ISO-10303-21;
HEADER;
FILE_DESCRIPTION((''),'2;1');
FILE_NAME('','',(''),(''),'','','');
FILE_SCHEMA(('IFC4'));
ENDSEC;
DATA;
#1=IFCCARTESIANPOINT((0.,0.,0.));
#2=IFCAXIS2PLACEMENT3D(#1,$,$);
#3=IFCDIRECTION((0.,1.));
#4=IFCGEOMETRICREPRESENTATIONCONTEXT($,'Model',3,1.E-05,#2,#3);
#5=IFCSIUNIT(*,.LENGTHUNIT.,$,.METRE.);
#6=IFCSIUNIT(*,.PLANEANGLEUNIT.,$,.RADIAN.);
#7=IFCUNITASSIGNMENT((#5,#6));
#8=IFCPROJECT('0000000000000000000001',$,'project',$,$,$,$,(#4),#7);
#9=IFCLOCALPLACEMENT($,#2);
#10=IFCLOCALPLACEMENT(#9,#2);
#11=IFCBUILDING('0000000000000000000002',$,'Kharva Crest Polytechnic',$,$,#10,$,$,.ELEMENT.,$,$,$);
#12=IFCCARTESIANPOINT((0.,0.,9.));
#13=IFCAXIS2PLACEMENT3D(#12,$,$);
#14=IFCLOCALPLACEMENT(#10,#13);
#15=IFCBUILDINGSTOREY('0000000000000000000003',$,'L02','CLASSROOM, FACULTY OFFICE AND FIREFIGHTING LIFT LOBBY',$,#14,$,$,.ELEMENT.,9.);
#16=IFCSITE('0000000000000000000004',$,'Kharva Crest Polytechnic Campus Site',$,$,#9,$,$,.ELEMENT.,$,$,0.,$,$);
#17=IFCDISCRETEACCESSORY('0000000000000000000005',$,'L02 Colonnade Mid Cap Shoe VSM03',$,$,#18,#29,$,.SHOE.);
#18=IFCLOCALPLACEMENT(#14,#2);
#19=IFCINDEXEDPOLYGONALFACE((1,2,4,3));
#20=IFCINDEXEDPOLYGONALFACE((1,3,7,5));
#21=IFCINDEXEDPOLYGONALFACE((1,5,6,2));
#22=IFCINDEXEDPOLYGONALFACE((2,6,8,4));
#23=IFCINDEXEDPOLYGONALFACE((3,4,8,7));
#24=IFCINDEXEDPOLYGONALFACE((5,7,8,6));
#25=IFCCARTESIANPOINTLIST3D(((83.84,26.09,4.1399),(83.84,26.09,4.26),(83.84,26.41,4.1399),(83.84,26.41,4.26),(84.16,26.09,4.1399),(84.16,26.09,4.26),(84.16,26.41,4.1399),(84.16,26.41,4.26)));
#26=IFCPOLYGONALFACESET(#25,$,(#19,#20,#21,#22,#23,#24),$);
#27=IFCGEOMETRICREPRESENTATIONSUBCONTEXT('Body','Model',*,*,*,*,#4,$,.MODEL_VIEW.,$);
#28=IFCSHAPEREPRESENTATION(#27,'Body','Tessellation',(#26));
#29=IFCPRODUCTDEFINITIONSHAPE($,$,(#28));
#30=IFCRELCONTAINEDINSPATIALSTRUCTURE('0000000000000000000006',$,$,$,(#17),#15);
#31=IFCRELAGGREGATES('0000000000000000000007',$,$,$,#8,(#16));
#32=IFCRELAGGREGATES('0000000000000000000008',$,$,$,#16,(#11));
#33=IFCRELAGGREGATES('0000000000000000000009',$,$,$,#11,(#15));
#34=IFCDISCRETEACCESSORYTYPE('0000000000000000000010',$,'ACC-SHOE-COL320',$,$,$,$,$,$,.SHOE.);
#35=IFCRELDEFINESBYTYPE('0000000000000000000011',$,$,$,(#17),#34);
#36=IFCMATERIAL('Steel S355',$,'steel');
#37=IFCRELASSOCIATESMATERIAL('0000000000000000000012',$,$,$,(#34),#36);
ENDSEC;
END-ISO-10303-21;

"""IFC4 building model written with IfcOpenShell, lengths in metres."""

from ifc_helpers import new_model, si_unit, direction, frame, origin, origin_2d, place, context, subcontext, project, spatial, rectangle, extrude, material, type_object, element, save


model = new_model("IFC4")

# Units and contexts
model_context = context("Model", 3, precision=1e-05, world=origin(), true_north=direction((0.0, 1.0)))
body_context = subcontext(model_context, "Body", "Model", "MODEL_VIEW")
ifc_project = project(units=[si_unit("LENGTHUNIT", "METRE"), si_unit("PLANEANGLEUNIT", "RADIAN")], contexts=[model_context])

# Site, building, storey
site_placement = place(None, origin())
site = spatial("IfcSite", under=ifc_project, at=site_placement, Name="Kharva Crest Polytechnic Campus Site", CompositionType="ELEMENT", RefElevation=0.0)
building_placement = place(site_placement, origin())
building = spatial("IfcBuilding", under=site, at=building_placement, Name="Kharva Crest Polytechnic", CompositionType="ELEMENT")
storey_placement = place(building_placement, frame((0.0, 0.0, 9.0)))
storey = spatial("IfcBuildingStorey", under=building, at=storey_placement, Name="L02", Description="CLASSROOM, FACULTY OFFICE AND FIREFIGHTING LIFT LOBBY", CompositionType="ELEMENT", Elevation=9.0)

# Shared definitions
ifc_material_1 = material(Name="Steel S355", Category="steel")

# Discrete accessory
discrete_accessory_type = type_object("IfcDiscreteAccessoryType", Name="ACC-SHOE-COL320", PredefinedType="SHOE", material=ifc_material_1)
for number, where, z_axis, x_axis, name in (
    (1, (84.0, 26.25, 4.1399), (0.0, 0.0, 1.0), (1.0, 0.0, 0.0), "L02 Colonnade Mid Cap Shoe VSM03"),
):
    element("IfcDiscreteAccessory", number, at=place(storey_placement, frame(where, z_axis=z_axis, x_axis=x_axis)), inside=storey, type_object=discrete_accessory_type, Name=name, PredefinedType="SHOE", context=body_context, shape_type="SweptSolid", body=[
        extrude(rectangle(XDim=0.3201, YDim=0.3201, at=origin_2d()), origin(), (0.0, 0.0, 1.0), 0.1201),
    ])

save(model, "model.ifc")
